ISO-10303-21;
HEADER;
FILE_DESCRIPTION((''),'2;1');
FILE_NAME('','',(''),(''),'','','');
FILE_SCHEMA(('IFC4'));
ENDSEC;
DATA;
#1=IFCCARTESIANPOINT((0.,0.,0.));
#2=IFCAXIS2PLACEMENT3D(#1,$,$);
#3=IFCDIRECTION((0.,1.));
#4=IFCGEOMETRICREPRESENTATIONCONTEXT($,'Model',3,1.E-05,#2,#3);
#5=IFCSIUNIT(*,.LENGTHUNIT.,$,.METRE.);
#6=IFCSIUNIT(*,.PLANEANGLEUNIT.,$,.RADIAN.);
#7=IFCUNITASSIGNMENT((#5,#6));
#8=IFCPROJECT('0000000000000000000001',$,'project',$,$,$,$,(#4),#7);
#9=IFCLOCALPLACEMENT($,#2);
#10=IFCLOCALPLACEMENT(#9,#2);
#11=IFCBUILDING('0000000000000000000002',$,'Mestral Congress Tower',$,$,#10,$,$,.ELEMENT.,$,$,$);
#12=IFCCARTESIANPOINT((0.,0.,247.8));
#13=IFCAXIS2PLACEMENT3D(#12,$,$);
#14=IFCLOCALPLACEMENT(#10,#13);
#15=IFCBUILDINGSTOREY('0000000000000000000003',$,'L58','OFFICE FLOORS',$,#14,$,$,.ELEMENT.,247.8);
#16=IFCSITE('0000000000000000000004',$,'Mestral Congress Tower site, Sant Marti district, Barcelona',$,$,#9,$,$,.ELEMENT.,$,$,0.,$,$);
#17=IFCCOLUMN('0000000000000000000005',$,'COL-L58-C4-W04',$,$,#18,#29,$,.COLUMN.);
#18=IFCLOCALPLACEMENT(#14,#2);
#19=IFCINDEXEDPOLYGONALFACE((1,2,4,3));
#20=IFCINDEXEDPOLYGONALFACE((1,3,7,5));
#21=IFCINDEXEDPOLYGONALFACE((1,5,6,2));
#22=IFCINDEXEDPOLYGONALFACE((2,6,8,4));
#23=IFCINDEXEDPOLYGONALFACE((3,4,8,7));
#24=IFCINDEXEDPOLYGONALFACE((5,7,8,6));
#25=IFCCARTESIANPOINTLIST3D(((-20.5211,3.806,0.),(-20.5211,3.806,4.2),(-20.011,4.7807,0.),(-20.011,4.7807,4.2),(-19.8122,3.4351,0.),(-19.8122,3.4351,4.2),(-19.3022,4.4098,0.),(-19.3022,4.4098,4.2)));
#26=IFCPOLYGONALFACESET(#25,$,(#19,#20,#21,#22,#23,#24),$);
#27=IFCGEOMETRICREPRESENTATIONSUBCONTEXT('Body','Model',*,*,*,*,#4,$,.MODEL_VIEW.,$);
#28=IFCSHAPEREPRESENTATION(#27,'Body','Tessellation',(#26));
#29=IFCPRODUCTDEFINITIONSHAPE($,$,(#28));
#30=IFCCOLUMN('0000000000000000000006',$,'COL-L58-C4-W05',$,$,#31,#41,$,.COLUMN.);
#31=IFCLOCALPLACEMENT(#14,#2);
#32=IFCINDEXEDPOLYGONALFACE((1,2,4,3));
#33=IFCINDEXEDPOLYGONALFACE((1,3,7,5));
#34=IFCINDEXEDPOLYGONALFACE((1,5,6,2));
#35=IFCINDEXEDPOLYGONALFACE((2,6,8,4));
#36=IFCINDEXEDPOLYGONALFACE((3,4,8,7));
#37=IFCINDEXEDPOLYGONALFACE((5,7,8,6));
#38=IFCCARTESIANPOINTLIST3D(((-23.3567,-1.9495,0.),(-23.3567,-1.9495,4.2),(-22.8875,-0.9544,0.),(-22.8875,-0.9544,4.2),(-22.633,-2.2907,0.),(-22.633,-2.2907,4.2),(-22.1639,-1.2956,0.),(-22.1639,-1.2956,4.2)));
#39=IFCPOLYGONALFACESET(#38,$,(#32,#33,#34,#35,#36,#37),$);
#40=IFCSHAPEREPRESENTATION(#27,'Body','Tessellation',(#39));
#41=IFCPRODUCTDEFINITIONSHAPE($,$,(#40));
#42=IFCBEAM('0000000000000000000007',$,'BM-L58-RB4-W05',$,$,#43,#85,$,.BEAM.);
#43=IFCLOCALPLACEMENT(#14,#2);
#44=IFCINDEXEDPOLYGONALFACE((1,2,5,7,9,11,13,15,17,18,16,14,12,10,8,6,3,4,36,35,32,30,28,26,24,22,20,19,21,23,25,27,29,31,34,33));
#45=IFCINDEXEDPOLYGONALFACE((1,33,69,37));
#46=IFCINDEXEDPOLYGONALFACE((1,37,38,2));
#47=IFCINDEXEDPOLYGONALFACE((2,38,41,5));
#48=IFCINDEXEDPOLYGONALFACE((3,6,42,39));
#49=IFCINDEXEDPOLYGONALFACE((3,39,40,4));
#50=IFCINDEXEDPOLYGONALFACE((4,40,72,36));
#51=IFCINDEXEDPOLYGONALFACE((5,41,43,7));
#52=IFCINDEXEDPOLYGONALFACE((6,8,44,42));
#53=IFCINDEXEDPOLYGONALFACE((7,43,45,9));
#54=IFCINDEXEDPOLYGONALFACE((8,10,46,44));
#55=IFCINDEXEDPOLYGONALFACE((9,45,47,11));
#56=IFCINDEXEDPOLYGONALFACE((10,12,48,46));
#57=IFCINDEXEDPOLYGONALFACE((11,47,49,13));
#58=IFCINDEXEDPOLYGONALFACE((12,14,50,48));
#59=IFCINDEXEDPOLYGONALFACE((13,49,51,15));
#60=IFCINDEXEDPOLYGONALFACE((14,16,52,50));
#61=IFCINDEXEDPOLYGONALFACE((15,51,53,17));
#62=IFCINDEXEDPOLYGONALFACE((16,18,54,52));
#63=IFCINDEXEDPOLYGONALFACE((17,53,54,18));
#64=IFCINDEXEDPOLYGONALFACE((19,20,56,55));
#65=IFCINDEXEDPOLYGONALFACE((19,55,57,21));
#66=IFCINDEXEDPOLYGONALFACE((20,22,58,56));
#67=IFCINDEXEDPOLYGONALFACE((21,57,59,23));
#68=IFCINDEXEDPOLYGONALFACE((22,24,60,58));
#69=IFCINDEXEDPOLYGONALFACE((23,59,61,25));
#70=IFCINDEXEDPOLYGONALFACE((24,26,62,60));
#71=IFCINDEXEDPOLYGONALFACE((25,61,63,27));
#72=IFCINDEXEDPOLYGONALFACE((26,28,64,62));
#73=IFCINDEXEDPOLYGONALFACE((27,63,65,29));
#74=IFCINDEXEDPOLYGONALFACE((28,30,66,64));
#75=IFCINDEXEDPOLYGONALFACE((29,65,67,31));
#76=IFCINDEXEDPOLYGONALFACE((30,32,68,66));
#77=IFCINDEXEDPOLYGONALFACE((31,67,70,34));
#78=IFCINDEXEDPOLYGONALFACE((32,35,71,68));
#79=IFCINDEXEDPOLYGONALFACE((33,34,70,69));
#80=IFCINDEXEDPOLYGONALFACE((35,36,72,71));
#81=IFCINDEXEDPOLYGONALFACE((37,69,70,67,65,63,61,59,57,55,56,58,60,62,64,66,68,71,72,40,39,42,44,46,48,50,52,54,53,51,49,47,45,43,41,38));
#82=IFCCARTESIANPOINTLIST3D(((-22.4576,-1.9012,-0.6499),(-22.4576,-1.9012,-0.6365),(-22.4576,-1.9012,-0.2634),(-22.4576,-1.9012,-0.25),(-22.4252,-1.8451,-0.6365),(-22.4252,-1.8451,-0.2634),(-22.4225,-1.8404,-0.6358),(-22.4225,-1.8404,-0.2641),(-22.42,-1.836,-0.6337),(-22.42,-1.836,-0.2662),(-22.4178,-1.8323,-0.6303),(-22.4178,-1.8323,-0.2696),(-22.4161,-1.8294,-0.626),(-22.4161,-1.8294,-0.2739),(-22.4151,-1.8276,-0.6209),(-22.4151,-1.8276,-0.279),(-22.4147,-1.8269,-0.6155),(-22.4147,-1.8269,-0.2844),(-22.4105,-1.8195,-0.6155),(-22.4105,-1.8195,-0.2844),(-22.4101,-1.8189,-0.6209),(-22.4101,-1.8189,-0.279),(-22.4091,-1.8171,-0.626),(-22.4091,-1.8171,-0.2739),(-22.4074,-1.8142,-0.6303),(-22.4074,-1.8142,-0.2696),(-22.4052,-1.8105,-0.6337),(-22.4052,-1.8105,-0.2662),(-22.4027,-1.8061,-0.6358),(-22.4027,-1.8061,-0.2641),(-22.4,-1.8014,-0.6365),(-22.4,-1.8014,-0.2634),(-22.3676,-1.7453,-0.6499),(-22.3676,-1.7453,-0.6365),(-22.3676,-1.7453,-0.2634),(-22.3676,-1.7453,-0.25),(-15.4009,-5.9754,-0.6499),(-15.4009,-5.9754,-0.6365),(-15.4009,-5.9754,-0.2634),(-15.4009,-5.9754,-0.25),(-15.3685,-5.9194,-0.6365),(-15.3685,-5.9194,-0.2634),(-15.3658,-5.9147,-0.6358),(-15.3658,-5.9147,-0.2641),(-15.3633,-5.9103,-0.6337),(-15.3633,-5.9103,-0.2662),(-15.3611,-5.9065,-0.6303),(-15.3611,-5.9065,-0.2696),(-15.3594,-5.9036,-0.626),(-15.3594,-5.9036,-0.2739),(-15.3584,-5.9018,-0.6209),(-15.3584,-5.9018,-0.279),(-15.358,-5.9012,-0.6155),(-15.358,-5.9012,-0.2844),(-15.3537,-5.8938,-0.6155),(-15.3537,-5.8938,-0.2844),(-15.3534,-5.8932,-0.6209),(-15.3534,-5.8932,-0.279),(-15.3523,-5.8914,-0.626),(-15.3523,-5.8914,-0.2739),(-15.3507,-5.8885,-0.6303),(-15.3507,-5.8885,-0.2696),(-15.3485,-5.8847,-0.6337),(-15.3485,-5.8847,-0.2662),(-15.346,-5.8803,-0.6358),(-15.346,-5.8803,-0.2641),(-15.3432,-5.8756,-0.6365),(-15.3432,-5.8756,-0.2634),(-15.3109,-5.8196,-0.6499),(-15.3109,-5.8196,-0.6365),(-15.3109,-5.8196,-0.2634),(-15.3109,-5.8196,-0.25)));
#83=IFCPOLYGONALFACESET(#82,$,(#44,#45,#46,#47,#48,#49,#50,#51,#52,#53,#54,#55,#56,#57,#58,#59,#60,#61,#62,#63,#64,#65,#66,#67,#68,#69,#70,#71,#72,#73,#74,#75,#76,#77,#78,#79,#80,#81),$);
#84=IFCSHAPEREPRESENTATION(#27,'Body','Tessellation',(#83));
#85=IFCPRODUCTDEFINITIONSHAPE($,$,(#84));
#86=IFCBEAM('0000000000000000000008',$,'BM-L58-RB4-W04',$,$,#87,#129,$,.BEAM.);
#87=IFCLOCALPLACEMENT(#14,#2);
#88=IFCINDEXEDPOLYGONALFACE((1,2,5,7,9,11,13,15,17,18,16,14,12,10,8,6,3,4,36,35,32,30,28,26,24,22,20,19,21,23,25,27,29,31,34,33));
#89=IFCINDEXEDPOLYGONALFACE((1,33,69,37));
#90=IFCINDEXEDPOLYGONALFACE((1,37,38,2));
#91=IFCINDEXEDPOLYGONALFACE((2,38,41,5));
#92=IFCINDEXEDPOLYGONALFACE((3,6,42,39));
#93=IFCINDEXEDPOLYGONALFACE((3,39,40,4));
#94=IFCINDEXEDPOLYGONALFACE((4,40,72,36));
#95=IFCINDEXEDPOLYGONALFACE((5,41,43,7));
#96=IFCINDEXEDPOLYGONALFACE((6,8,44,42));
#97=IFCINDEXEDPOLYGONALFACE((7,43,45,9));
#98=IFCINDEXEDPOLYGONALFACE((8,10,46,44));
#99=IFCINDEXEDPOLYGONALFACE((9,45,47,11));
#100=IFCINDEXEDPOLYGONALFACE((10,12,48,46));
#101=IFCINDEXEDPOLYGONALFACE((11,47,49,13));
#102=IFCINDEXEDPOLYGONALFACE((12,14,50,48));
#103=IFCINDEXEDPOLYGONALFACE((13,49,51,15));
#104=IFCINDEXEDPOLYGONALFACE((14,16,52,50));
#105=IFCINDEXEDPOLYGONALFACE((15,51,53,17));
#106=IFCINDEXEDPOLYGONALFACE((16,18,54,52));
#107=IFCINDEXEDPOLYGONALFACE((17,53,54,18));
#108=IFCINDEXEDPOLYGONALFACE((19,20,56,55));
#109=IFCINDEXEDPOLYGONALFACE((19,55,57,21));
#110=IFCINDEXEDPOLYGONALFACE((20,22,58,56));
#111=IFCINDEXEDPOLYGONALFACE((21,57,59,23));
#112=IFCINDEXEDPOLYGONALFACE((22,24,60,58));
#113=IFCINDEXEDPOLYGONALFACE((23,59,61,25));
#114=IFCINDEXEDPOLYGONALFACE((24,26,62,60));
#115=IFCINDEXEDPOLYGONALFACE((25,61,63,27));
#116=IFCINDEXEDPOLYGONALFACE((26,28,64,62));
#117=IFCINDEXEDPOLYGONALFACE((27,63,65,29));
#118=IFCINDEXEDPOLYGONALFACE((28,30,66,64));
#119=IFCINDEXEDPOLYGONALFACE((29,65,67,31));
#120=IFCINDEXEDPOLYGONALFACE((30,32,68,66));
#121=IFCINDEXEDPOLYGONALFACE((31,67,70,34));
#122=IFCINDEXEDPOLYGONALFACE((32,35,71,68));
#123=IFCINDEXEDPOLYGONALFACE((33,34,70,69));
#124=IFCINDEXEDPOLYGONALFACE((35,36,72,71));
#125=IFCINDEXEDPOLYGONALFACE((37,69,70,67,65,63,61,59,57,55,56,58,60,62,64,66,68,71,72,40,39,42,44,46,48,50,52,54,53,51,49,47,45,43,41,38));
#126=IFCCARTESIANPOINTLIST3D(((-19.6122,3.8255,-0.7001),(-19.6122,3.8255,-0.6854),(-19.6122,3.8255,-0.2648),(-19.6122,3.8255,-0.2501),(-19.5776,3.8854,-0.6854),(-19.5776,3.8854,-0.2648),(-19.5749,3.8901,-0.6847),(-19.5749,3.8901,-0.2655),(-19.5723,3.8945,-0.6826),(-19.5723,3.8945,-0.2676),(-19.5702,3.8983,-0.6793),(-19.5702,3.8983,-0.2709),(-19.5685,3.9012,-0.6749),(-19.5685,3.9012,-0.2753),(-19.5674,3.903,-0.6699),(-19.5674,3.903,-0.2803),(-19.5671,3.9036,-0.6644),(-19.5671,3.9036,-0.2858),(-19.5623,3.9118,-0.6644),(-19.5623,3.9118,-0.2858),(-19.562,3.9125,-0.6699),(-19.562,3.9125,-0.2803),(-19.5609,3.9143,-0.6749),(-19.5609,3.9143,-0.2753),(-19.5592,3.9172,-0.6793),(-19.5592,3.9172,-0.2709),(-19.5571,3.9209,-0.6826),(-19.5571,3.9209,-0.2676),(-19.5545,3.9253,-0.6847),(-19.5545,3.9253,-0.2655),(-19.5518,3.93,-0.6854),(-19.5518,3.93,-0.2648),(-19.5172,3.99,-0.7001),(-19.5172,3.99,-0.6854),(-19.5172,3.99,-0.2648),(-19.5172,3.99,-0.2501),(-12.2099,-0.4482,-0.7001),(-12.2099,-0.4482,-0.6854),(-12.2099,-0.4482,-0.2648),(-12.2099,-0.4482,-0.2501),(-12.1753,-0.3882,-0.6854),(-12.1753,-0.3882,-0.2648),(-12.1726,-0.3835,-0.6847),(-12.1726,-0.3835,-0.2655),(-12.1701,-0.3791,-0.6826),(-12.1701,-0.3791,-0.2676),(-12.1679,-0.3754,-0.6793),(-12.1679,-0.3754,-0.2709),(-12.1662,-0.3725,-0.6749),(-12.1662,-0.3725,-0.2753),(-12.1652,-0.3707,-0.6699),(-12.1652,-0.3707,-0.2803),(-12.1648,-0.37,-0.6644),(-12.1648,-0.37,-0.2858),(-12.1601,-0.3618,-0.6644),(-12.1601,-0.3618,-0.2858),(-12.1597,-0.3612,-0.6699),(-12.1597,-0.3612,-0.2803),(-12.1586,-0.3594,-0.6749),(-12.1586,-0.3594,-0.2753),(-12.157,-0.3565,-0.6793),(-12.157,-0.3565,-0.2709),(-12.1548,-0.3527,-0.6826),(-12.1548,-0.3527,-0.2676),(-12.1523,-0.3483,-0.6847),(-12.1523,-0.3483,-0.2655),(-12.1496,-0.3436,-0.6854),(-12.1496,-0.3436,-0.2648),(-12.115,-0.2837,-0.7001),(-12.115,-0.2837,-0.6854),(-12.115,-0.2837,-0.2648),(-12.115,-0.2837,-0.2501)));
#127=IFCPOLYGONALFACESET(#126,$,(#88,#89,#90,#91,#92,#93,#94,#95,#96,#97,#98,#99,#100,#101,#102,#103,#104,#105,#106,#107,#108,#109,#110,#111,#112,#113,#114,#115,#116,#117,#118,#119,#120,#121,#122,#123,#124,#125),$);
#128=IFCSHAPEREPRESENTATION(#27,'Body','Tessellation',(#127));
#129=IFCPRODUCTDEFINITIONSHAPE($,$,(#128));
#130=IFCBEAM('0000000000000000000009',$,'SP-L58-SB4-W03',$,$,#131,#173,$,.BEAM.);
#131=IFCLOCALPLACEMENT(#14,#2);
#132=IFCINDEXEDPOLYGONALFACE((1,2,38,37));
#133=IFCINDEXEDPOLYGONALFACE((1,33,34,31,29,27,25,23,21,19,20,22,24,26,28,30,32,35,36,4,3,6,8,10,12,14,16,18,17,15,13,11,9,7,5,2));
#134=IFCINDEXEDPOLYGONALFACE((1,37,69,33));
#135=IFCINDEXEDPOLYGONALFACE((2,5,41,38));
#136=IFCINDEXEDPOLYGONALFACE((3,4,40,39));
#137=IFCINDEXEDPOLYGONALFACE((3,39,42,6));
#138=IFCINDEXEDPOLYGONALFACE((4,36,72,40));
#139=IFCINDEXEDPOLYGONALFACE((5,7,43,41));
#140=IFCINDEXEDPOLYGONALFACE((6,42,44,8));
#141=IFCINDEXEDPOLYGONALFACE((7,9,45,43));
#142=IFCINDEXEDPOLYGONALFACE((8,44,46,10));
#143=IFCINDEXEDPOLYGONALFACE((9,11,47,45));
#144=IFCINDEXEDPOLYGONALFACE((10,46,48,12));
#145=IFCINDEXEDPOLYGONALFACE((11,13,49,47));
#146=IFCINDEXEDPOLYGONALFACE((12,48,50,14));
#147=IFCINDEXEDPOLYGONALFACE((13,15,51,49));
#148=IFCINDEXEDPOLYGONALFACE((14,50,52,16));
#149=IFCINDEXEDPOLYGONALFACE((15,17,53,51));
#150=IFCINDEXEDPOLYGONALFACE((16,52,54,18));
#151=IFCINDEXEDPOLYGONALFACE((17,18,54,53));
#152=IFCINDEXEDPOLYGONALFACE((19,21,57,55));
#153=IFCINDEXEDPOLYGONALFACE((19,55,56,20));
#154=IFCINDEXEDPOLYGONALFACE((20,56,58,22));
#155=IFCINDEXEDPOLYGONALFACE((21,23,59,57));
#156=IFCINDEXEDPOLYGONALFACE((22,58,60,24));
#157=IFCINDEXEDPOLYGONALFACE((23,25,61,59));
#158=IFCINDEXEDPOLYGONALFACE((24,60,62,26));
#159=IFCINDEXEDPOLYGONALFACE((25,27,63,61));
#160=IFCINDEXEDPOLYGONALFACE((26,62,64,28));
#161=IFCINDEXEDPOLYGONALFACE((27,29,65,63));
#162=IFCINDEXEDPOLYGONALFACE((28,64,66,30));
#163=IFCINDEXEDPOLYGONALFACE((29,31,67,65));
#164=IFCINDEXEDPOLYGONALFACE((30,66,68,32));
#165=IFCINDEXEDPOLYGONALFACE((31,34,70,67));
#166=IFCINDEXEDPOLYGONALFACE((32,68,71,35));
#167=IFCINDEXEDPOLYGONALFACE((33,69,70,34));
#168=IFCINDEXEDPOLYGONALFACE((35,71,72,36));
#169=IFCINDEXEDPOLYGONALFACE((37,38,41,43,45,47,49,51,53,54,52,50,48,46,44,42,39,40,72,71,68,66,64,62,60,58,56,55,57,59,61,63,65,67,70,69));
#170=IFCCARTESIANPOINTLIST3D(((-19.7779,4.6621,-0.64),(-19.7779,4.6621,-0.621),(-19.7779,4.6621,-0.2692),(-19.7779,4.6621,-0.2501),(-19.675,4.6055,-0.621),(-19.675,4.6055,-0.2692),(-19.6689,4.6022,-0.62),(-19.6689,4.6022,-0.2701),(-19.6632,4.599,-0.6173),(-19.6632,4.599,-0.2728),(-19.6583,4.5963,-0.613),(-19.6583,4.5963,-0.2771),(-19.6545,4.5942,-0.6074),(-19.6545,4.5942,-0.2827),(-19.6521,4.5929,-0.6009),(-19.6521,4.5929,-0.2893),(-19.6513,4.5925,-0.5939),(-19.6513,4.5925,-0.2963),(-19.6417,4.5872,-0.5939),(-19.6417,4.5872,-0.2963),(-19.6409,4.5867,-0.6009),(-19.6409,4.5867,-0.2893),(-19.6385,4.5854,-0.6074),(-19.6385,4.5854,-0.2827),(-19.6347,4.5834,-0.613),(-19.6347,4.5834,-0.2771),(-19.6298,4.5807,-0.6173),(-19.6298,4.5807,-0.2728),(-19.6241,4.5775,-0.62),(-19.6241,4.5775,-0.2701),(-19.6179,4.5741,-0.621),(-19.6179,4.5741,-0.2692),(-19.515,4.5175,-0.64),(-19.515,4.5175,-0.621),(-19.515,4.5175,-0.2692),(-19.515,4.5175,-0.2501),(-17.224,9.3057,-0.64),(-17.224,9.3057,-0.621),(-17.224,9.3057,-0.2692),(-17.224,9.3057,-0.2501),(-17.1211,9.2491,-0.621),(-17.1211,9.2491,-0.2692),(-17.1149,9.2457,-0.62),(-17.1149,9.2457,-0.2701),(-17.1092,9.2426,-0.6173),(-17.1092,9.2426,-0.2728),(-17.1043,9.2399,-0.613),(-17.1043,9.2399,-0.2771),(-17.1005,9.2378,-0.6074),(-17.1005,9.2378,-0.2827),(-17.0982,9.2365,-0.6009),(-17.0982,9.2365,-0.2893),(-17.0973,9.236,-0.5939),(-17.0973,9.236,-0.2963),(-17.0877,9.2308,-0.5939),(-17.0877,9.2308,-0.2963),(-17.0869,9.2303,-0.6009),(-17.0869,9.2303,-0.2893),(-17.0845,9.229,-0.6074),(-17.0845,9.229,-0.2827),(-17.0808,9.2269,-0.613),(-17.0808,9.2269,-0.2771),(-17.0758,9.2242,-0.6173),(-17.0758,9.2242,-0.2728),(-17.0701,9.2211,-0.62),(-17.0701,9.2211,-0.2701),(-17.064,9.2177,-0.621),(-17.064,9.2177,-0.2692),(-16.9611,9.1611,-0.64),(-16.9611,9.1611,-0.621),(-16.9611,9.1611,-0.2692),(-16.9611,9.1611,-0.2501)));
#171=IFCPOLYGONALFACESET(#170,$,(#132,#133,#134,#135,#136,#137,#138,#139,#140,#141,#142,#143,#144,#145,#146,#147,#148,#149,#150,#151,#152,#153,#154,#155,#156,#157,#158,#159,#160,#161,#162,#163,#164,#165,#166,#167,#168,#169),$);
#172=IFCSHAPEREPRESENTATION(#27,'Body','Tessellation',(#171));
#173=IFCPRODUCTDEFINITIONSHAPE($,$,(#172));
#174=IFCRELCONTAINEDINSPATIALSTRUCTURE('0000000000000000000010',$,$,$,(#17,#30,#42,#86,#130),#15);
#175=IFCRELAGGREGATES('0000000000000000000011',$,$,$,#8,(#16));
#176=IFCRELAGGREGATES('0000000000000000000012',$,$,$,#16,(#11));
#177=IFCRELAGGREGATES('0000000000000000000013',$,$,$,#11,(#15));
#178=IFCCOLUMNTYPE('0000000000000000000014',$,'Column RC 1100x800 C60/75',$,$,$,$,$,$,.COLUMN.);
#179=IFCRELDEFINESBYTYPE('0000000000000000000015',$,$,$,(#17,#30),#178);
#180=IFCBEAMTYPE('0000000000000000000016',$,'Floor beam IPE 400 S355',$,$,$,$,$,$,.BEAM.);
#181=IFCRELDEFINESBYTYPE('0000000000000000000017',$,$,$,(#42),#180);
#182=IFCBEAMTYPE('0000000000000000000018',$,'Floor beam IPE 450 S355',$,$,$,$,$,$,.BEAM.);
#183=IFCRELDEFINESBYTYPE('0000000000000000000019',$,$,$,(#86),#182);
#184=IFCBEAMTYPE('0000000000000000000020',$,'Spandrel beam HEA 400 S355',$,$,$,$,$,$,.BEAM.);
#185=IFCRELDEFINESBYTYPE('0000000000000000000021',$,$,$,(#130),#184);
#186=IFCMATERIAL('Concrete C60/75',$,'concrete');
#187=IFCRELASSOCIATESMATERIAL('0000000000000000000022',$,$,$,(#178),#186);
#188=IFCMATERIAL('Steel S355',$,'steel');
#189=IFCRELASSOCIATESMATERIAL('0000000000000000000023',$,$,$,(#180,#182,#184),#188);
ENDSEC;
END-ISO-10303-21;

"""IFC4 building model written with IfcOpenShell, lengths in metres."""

from ifc_helpers import new_model, si_unit, direction, frame, origin, origin_2d, place, context, subcontext, project, spatial, rectangle, i_section, extrude, material, material_profile, profile_set, type_object, element, save


model = new_model("IFC4")

# Units and contexts
model_context = context("Model", 3, precision=1e-05, world=origin(), true_north=direction((0.0, 1.0)))
body_context = subcontext(model_context, "Body", "Model", "MODEL_VIEW")
ifc_project = project(units=[si_unit("LENGTHUNIT", "METRE"), si_unit("PLANEANGLEUNIT", "RADIAN")], contexts=[model_context])

# Site, building, storey
site_placement = place(None, origin())
site = spatial("IfcSite", under=ifc_project, at=site_placement, Name="Mestral Congress Tower site, Sant Marti district, Barcelona", CompositionType="ELEMENT", RefElevation=0.0)
building_placement = place(site_placement, origin())
building = spatial("IfcBuilding", under=site, at=building_placement, Name="Mestral Congress Tower", CompositionType="ELEMENT")
storey_placement = place(building_placement, frame((0.0, 0.0, 247.8)))
storey = spatial("IfcBuildingStorey", under=building, at=storey_placement, Name="L58", Description="OFFICE FLOORS", CompositionType="ELEMENT", Elevation=247.8)

# Columns
ifc_material_1 = material(Name="Concrete C60/75", Category="concrete")
ifc_material_profile_1 = material_profile(ifc_material_1, rectangle(XDim=1.1001, YDim=0.8, at=origin_2d()), Name="RC 1100x800")
ifc_profile_set_1 = profile_set([ifc_material_profile_1], Name="Concrete C60/75")
column_type = type_object("IfcColumnType", Name="Column RC 1100x800 C60/75", PredefinedType="COLUMN", material=ifc_profile_set_1)
for number, where, z_axis, x_axis, name in (
    (1, (-19.9116, 4.1079, 0.0), (0.0, 0.0, 1.0), (-0.463636, -0.886026, 0.0), "COL-L58-C4-W04"),
    (2, (-22.7603, -1.6226, 0.0), (0.0, 0.0, 1.0), (-0.426472, -0.904501, 0.0), "COL-L58-C4-W05"),
):
    element("IfcColumn", number, at=place(storey_placement, frame(where, z_axis=z_axis, x_axis=x_axis)), inside=storey, type_object=column_type, Name=name, PredefinedType="COLUMN", context=body_context, shape_type="SweptSolid", body=[
        extrude(rectangle(XDim=1.1001, YDim=0.8, at=origin_2d()), origin(), (0.0, 0.0, 1.0), 4.2),
    ])

# Beams
ifc_material_2 = material(Name="Steel S355", Category="steel")
ifc_material_profile_2 = material_profile(ifc_material_2, i_section(OverallWidth=0.1799, OverallDepth=0.3999, WebThickness=0.0085, FlangeThickness=0.0134, FilletRadius=0.021, at=origin_2d()), Name="IPE 400")
ifc_profile_set_2 = profile_set([ifc_material_profile_2], Name="Steel S355")
beam_type_1 = type_object("IfcBeamType", Name="Floor beam IPE 400 S355", PredefinedType="BEAM", material=ifc_profile_set_2)
beam_1_placement = place(storey_placement, frame((-22.4126, -1.8232, -0.45), z_axis=(0.866022, -0.500006, 0.0), x_axis=(0.500006, 0.866022, 0.0)))
element("IfcBeam", 3, at=beam_1_placement, inside=storey, type_object=beam_type_1, Name="BM-L58-RB4-W05", PredefinedType="BEAM", context=body_context, shape_type="SweptSolid", body=[
    extrude(i_section(OverallWidth=0.1799, OverallDepth=0.3999, WebThickness=0.0085, FlangeThickness=0.0134, FilletRadius=0.021, at=origin_2d()), origin(), (0.0, 0.0, 1.0), 8.1484),
])
ifc_material_profile_3 = material_profile(ifc_material_2, i_section(OverallWidth=0.1899, OverallDepth=0.45, WebThickness=0.0095, FlangeThickness=0.0146, FilletRadius=0.021, at=origin_2d()), Name="IPE 450")
ifc_profile_set_3 = profile_set([ifc_material_profile_3], Name="Steel S355")
beam_type_2 = type_object("IfcBeamType", Name="Floor beam IPE 450 S355", PredefinedType="BEAM", material=ifc_profile_set_3)
beam_2_placement = place(storey_placement, frame((-19.5647, 3.9077, -0.4751), z_axis=(0.866029, -0.499994, 0.0), x_axis=(0.499994, 0.866029, 0.0)))
element("IfcBeam", 4, at=beam_2_placement, inside=storey, type_object=beam_type_2, Name="BM-L58-RB4-W04", PredefinedType="BEAM", context=body_context, shape_type="SweptSolid", body=[
    extrude(i_section(OverallWidth=0.1899, OverallDepth=0.45, WebThickness=0.0095, FlangeThickness=0.0146, FilletRadius=0.021, at=origin_2d()), origin(), (0.0, 0.0, 1.0), 8.5474),
])
ifc_material_profile_4 = material_profile(ifc_material_2, i_section(OverallWidth=0.3, OverallDepth=0.3899, WebThickness=0.011, FlangeThickness=0.019, FilletRadius=0.0271, at=origin_2d()), Name="HEA 400")
ifc_profile_set_4 = profile_set([ifc_material_profile_4], Name="Steel S355")
beam_type_3 = type_object("IfcBeamType", Name="Spandrel beam HEA 400 S355", PredefinedType="BEAM", material=ifc_profile_set_4)
beam_3_placement = place(storey_placement, frame((-17.0925, 9.2334, -0.4451), z_axis=(-0.481919, -0.876216, 0.0), x_axis=(0.876216, -0.481919, 0.0)))
element("IfcBeam", 5, at=beam_3_placement, inside=storey, type_object=beam_type_3, Name="SP-L58-SB4-W03", PredefinedType="BEAM", context=body_context, shape_type="SweptSolid", body=[
    extrude(i_section(OverallWidth=0.3, OverallDepth=0.3899, WebThickness=0.011, FlangeThickness=0.019, FilletRadius=0.0271, at=origin_2d()), origin(), (0.0, 0.0, 1.0), 5.2996),
])

save(model, "model.ifc")
